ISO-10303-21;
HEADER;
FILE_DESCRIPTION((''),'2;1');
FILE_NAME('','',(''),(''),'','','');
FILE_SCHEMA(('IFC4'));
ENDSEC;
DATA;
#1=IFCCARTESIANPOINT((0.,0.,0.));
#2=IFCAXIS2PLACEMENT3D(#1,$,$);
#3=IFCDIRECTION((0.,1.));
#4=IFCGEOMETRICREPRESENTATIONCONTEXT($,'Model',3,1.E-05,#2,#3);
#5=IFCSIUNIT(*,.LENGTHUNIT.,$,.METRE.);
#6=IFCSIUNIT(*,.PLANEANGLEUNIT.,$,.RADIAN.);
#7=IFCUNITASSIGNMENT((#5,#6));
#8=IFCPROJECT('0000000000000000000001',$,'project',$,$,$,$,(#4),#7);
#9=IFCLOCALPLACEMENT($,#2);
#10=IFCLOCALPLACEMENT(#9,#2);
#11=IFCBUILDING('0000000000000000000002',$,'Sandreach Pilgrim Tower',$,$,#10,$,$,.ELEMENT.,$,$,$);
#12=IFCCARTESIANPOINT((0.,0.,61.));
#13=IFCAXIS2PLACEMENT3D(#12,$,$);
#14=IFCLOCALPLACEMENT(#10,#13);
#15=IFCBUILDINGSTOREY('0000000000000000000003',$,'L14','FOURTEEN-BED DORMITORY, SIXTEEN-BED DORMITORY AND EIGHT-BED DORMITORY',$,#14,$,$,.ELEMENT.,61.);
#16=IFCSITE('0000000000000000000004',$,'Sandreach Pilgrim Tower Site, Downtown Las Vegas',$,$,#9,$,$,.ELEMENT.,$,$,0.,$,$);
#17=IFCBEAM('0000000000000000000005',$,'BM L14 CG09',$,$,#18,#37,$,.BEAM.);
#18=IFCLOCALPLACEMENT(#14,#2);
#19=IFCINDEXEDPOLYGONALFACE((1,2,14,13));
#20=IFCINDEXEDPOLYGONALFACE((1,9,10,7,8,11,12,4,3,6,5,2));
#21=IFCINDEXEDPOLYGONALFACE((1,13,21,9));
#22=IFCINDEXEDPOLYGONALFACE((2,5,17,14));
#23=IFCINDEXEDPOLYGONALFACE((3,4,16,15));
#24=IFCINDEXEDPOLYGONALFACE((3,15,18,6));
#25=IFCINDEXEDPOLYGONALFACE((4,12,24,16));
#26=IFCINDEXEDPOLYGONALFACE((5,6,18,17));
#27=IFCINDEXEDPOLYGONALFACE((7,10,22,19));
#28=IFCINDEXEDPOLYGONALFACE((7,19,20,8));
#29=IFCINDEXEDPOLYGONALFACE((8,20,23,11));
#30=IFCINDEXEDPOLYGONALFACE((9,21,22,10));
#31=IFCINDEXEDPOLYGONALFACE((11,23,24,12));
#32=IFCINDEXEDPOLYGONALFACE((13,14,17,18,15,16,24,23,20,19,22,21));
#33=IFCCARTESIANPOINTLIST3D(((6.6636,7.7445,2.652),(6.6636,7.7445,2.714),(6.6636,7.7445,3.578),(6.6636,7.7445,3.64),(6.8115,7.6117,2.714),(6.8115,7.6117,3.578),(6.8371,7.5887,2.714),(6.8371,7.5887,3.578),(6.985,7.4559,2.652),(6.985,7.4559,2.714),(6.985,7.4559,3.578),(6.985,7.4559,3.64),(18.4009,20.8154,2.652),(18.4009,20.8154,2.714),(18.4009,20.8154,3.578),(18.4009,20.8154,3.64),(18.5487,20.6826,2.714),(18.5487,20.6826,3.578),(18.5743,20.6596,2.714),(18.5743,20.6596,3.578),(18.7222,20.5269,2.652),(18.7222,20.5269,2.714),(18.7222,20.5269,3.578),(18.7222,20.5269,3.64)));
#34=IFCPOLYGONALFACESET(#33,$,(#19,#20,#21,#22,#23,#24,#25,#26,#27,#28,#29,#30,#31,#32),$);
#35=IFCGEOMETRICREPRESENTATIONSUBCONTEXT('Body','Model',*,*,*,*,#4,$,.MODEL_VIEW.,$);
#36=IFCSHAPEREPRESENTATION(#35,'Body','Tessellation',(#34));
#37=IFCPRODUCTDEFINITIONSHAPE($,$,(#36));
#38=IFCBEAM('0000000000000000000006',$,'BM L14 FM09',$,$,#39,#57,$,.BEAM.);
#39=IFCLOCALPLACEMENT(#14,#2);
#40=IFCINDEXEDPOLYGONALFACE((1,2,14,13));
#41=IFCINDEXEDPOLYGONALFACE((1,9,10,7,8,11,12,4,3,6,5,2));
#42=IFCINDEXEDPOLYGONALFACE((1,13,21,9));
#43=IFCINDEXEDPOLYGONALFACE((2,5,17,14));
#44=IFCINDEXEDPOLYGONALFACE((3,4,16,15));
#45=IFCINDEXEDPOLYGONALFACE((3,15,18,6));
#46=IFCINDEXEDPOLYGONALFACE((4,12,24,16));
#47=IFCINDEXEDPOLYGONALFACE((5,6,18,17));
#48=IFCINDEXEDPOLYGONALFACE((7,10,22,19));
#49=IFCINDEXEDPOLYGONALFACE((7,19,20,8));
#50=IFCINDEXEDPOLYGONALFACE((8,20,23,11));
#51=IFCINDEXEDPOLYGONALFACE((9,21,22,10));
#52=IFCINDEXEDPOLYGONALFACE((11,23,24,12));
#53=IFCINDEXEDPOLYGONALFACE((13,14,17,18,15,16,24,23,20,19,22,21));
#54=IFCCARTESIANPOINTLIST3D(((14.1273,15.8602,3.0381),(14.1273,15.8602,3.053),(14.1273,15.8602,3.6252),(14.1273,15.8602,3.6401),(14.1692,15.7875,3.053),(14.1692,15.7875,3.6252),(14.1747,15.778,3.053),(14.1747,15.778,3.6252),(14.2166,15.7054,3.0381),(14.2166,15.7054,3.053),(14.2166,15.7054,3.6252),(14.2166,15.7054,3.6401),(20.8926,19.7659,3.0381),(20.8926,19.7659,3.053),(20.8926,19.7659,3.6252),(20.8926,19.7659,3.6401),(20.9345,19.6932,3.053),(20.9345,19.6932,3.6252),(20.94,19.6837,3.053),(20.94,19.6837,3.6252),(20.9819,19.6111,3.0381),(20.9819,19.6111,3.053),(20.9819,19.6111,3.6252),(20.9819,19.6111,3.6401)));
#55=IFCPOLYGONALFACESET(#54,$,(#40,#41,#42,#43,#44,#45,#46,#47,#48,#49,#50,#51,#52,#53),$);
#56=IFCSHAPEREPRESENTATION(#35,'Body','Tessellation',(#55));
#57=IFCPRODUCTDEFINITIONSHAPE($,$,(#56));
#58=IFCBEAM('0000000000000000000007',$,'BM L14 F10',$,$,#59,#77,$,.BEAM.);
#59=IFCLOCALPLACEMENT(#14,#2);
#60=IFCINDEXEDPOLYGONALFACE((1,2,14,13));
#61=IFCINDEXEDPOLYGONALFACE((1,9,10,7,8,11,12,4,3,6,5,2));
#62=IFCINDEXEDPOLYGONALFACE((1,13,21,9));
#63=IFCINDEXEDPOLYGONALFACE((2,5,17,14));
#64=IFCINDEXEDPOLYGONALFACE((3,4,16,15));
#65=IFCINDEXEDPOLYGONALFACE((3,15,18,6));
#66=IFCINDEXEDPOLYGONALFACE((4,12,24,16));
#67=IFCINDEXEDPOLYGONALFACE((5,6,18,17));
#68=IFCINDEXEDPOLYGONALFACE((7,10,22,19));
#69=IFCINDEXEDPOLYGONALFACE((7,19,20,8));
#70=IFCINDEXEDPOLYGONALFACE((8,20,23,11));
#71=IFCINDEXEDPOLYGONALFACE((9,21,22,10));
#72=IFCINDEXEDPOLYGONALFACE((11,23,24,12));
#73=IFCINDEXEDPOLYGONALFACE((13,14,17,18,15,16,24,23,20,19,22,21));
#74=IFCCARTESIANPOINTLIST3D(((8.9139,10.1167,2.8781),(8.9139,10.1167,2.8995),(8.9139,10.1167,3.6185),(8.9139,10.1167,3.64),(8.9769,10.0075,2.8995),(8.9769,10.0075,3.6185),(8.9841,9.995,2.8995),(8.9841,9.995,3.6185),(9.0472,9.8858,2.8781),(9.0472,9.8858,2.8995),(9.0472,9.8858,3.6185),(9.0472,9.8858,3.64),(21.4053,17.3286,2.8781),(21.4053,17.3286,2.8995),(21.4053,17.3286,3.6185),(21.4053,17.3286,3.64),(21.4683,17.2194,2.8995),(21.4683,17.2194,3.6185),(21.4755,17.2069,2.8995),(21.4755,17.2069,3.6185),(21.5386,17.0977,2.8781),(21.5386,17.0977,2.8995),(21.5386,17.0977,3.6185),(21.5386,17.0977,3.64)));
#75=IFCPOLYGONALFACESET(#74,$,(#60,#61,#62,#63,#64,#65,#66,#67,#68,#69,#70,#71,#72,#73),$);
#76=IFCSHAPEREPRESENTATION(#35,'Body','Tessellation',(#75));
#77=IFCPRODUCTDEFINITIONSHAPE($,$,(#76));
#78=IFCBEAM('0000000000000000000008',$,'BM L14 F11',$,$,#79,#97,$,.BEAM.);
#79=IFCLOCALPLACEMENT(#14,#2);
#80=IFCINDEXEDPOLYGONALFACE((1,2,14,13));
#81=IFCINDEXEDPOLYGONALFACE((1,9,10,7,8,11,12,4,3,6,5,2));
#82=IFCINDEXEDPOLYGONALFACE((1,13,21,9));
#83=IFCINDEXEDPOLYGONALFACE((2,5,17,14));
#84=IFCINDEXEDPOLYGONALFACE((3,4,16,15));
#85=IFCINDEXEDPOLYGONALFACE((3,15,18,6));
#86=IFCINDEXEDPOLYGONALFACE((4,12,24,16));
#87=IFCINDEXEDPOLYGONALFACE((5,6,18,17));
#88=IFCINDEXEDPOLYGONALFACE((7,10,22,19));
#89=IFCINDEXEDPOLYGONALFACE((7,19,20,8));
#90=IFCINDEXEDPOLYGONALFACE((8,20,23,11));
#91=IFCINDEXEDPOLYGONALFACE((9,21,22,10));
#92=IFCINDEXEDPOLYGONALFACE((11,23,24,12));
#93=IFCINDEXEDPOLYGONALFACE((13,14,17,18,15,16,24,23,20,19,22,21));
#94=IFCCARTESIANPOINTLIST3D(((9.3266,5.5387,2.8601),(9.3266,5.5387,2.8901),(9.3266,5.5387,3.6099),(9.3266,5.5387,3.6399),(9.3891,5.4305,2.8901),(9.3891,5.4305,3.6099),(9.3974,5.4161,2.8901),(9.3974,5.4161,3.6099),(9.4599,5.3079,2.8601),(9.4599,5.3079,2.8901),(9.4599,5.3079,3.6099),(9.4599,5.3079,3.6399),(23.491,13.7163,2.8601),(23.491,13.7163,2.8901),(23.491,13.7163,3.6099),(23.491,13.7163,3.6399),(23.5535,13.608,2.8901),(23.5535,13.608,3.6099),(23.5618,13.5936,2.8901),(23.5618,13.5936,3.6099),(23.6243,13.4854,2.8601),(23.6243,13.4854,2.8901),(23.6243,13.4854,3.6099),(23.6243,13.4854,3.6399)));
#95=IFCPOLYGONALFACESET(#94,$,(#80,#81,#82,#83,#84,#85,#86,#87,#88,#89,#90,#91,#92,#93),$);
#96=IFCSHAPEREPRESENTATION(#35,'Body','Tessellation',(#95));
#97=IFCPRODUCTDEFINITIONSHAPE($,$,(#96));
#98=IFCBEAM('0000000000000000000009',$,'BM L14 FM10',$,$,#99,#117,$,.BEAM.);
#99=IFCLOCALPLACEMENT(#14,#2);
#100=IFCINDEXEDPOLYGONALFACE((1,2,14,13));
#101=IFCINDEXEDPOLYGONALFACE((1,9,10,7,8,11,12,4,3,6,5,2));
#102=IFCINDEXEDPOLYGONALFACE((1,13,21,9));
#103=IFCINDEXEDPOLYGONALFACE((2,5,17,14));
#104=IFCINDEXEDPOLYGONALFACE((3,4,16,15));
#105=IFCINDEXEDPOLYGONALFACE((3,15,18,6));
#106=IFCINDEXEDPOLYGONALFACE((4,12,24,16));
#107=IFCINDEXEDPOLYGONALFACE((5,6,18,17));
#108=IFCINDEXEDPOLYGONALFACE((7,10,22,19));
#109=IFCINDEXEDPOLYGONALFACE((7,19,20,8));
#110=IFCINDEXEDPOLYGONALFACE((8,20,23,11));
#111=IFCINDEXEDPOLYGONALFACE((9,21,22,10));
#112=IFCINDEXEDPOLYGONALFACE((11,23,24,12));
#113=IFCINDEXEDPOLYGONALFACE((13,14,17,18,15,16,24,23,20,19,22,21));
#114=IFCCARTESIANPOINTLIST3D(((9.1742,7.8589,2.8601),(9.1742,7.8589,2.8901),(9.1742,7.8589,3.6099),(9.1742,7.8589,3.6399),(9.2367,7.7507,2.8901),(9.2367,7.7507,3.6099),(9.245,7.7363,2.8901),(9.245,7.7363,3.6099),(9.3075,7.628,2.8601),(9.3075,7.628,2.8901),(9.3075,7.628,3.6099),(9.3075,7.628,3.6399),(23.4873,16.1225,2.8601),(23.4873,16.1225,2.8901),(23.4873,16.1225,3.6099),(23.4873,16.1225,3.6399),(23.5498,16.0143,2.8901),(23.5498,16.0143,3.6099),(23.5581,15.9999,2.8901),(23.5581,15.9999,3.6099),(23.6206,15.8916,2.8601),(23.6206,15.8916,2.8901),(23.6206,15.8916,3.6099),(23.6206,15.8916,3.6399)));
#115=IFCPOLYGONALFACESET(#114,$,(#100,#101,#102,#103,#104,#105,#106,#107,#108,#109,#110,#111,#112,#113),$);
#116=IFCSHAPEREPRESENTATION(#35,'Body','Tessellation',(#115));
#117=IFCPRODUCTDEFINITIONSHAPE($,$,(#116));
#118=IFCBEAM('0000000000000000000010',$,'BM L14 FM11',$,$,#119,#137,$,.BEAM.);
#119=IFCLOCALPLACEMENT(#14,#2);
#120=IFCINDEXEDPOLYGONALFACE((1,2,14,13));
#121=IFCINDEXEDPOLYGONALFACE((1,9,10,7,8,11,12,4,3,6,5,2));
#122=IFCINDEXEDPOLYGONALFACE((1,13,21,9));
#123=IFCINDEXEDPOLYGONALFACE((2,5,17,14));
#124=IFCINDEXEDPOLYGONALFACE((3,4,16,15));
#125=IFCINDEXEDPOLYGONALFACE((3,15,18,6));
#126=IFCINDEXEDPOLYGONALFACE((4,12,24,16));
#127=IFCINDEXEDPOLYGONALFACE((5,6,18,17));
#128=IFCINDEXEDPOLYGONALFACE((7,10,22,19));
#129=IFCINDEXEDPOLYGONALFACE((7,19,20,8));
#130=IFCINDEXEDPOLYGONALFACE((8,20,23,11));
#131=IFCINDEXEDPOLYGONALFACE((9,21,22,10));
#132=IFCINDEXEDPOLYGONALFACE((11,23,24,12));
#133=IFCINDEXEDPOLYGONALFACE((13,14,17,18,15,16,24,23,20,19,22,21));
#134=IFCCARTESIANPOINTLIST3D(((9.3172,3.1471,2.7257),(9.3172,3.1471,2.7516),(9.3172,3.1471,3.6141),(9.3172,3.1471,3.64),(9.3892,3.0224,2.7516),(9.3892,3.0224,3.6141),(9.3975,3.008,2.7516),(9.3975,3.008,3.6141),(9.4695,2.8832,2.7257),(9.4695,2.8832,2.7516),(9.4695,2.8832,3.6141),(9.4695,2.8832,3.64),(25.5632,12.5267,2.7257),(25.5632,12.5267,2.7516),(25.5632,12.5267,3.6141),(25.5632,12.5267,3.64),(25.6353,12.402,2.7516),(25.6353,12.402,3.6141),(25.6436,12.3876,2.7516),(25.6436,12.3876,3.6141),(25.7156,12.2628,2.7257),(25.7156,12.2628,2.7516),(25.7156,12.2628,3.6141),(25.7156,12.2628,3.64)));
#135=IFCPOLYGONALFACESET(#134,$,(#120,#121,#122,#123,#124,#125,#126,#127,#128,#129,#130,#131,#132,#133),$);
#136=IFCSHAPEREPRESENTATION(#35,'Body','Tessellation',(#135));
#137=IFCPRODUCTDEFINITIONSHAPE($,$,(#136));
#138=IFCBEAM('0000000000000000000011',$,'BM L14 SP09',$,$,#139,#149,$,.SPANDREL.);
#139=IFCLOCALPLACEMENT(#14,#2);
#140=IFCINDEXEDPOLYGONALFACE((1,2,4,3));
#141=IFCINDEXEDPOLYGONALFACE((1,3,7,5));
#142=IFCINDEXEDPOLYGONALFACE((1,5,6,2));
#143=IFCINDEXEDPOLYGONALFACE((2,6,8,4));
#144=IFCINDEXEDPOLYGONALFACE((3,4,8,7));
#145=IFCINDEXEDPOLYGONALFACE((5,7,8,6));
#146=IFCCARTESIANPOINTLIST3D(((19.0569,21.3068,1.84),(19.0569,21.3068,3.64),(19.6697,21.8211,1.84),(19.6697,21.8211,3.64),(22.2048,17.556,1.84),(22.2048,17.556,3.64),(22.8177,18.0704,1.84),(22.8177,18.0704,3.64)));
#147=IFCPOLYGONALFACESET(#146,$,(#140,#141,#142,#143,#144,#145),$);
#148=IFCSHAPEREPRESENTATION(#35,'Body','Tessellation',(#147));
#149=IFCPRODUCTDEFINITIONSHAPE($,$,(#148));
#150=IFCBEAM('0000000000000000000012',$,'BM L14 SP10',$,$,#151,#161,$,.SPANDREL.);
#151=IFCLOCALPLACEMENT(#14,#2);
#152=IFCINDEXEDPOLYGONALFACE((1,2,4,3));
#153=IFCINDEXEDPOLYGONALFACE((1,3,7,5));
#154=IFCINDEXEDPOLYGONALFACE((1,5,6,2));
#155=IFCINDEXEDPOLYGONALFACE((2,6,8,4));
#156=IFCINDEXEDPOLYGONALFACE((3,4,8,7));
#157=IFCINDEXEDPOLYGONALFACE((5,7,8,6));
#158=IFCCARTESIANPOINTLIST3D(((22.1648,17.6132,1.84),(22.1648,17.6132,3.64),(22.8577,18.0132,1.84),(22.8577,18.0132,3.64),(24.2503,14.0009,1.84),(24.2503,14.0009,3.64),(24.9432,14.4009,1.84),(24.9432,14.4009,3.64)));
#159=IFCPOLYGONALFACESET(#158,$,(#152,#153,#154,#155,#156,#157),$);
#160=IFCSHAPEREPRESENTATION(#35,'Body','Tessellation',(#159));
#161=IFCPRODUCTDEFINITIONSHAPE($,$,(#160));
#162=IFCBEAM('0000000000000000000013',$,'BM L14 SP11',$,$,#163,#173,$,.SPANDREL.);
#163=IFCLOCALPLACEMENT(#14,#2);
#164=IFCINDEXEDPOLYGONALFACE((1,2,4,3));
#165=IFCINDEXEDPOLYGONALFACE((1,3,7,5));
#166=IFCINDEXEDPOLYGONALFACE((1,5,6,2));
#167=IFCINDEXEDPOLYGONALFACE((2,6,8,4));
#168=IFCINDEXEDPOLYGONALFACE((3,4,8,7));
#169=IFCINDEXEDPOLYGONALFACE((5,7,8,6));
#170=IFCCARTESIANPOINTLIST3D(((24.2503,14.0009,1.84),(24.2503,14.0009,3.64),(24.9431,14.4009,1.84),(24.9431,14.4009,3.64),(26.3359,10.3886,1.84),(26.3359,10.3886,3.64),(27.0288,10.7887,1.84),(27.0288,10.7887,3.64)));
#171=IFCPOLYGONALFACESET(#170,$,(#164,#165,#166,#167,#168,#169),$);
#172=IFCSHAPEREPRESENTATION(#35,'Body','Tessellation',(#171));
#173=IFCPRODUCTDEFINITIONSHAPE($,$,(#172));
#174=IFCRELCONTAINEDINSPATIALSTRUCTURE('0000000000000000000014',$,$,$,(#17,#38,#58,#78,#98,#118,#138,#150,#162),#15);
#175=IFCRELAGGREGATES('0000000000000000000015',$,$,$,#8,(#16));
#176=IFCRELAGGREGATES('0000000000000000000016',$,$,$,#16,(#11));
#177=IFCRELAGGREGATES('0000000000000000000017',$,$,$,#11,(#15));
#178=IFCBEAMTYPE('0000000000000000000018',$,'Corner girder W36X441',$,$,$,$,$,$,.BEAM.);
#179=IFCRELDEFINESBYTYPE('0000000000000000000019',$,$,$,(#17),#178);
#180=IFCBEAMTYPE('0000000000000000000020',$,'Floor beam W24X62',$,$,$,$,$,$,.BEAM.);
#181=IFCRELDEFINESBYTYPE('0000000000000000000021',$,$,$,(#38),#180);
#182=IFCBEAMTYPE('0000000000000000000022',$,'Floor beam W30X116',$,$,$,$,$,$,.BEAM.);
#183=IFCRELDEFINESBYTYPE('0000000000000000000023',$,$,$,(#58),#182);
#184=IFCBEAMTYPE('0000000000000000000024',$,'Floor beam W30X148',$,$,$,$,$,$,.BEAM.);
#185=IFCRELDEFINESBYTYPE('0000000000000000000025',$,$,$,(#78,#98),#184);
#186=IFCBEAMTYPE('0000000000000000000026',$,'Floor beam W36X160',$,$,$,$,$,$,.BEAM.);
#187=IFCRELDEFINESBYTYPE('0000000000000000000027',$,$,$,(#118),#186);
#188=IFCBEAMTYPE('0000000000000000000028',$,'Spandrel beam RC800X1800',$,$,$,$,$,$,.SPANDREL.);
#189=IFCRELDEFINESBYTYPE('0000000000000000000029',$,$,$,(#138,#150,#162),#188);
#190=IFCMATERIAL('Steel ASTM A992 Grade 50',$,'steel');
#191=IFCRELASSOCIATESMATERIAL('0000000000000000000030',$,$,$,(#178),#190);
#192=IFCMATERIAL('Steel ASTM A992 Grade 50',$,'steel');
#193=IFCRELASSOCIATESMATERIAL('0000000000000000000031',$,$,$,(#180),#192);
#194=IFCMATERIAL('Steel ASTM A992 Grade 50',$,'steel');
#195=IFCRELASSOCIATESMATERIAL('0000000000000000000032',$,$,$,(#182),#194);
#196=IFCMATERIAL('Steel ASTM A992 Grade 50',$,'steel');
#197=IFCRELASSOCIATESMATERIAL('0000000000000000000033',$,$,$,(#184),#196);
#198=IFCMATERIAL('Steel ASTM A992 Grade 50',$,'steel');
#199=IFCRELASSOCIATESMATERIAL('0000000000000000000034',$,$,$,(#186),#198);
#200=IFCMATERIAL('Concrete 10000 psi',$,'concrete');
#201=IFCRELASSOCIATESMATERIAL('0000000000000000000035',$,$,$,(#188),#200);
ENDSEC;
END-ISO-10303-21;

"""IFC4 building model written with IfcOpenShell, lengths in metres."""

from ifc_helpers import new_model, si_unit, direction, frame, origin, origin_2d, place, context, subcontext, project, spatial, rectangle, i_section, extrude, material, material_profile, profile_set, type_object, element, save


model = new_model("IFC4")

# Units and contexts
model_context = context("Model", 3, precision=1e-05, world=origin(), true_north=direction((0.0, 1.0)))
body_context = subcontext(model_context, "Body", "Model", "MODEL_VIEW")
ifc_project = project(units=[si_unit("LENGTHUNIT", "METRE"), si_unit("PLANEANGLEUNIT", "RADIAN")], contexts=[model_context])

# Site, building, storey
site_placement = place(None, origin())
site = spatial("IfcSite", under=ifc_project, at=site_placement, Name="Sandreach Pilgrim Tower Site, Downtown Las Vegas", CompositionType="ELEMENT", RefElevation=0.0)
building_placement = place(site_placement, origin())
building = spatial("IfcBuilding", under=site, at=building_placement, Name="Sandreach Pilgrim Tower", CompositionType="ELEMENT")
storey_placement = place(building_placement, frame((0.0, 0.0, 61.0)))
storey = spatial("IfcBuildingStorey", under=building, at=storey_placement, Name="L14", Description="FOURTEEN-BED DORMITORY, SIXTEEN-BED DORMITORY AND EIGHT-BED DORMITORY", CompositionType="ELEMENT", Elevation=61.0)

# Beams
ifc_material_1 = material(Name="Steel ASTM A992 Grade 50", Category="steel")
ifc_material_profile_1 = material_profile(ifc_material_1, i_section(OverallWidth=0.4319, OverallDepth=0.988, WebThickness=0.0344, FlangeThickness=0.062, at=origin_2d()), Name="W36X441")
ifc_profile_set_1 = profile_set([ifc_material_profile_1], Name="Steel ASTM A992 Grade 50")
beam_type_1 = type_object("IfcBeamType", Name="Corner girder W36X441", PredefinedType="BEAM", material=ifc_profile_set_1)
beam_1_placement = place(storey_placement, frame((18.5615, 20.6711, 3.146), z_axis=(-0.668127, -0.744048, 0.0), x_axis=(0.744048, -0.668127, 0.0)))
element("IfcBeam", 1, at=beam_1_placement, inside=storey, type_object=beam_type_1, Name="BM L14 CG09", PredefinedType="BEAM", context=body_context, shape_type="SweptSolid", body=[
    extrude(i_section(OverallWidth=0.4319, OverallDepth=0.988, WebThickness=0.0344, FlangeThickness=0.062, at=origin_2d()), origin(), (0.0, 0.0, 1.0), 17.5674),
])
ifc_material_2 = material(Name="Steel ASTM A992 Grade 50", Category="steel")
ifc_material_profile_2 = material_profile(ifc_material_2, i_section(OverallWidth=0.1787, OverallDepth=0.6021, WebThickness=0.011, FlangeThickness=0.0149, at=origin_2d()), Name="W24X62")
ifc_profile_set_2 = profile_set([ifc_material_profile_2], Name="Steel ASTM A992 Grade 50")
beam_type_2 = type_object("IfcBeamType", Name="Floor beam W24X62", PredefinedType="BEAM", material=ifc_profile_set_2)
beam_2_placement = place(storey_placement, frame((20.9373, 19.6885, 3.3391), z_axis=(-0.866038, -0.499978, 0.0), x_axis=(0.499978, -0.866038, 0.0)))
element("IfcBeam", 2, at=beam_2_placement, inside=storey, type_object=beam_type_2, Name="BM L14 FM09", PredefinedType="BEAM", context=body_context, shape_type="SweptSolid", body=[
    extrude(i_section(OverallWidth=0.1787, OverallDepth=0.6021, WebThickness=0.011, FlangeThickness=0.0149, at=origin_2d()), origin(), (0.0, 0.0, 1.0), 7.8118),
])
ifc_material_3 = material(Name="Steel ASTM A992 Grade 50", Category="steel")
ifc_material_profile_3 = material_profile(ifc_material_3, i_section(OverallWidth=0.2666, OverallDepth=0.762, WebThickness=0.0144, FlangeThickness=0.0215, at=origin_2d()), Name="W30X116")
ifc_profile_set_3 = profile_set([ifc_material_profile_3], Name="Steel ASTM A992 Grade 50")
beam_type_3 = type_object("IfcBeamType", Name="Floor beam W30X116", PredefinedType="BEAM", material=ifc_profile_set_3)
beam_3_placement = place(storey_placement, frame((21.4719, 17.2131, 3.259), z_axis=(-0.866026, -0.499998, 0.0), x_axis=(0.499998, -0.866026, 0.0)))
element("IfcBeam", 3, at=beam_3_placement, inside=storey, type_object=beam_type_3, Name="BM L14 F10", PredefinedType="BEAM", context=body_context, shape_type="SweptSolid", body=[
    extrude(i_section(OverallWidth=0.2666, OverallDepth=0.762, WebThickness=0.0144, FlangeThickness=0.0215, at=origin_2d()), origin(), (0.0, 0.0, 1.0), 14.4238),
])
ifc_material_4 = material(Name="Steel ASTM A992 Grade 50", Category="steel")
ifc_material_profile_4 = material_profile(ifc_material_4, i_section(OverallWidth=0.2666, OverallDepth=0.7798, WebThickness=0.0166, FlangeThickness=0.03, at=origin_2d()), Name="W30X148")
ifc_profile_set_4 = profile_set([ifc_material_profile_4], Name="Steel ASTM A992 Grade 50")
beam_type_4 = type_object("IfcBeamType", Name="Floor beam W30X148", PredefinedType="BEAM", material=ifc_profile_set_4)
beam_4_placement = place(storey_placement, frame((23.5576, 13.6008, 3.25), z_axis=(-0.866033, -0.499987, 0.0), x_axis=(0.499987, -0.866033, 0.0)))
element("IfcBeam", 4, at=beam_4_placement, inside=storey, type_object=beam_type_4, Name="BM L14 F11", PredefinedType="BEAM", context=body_context, shape_type="SweptSolid", body=[
    extrude(i_section(OverallWidth=0.2666, OverallDepth=0.7798, WebThickness=0.0166, FlangeThickness=0.03, at=origin_2d()), origin(), (0.0, 0.0, 1.0), 16.3555),
])
beam_5_placement = place(storey_placement, frame((23.554, 16.0071, 3.25), z_axis=(-0.866027, -0.499997, 0.0), x_axis=(0.499997, -0.866027, 0.0)))
element("IfcBeam", 5, at=beam_5_placement, inside=storey, type_object=beam_type_4, Name="BM L14 FM10", PredefinedType="BEAM", context=body_context, shape_type="SweptSolid", body=[
    extrude(i_section(OverallWidth=0.2666, OverallDepth=0.7798, WebThickness=0.0166, FlangeThickness=0.03, at=origin_2d()), origin(), (0.0, 0.0, 1.0), 16.5273),
])
ifc_material_5 = material(Name="Steel ASTM A992 Grade 50", Category="steel")
ifc_material_profile_5 = material_profile(ifc_material_5, i_section(OverallWidth=0.3047, OverallDepth=0.9143, WebThickness=0.0166, FlangeThickness=0.0259, at=origin_2d()), Name="W36X160")
ifc_profile_set_5 = profile_set([ifc_material_profile_5], Name="Steel ASTM A992 Grade 50")
beam_type_5 = type_object("IfcBeamType", Name="Floor beam W36X160", PredefinedType="BEAM", material=ifc_profile_set_5)
beam_6_placement = place(storey_placement, frame((25.6394, 12.3948, 3.1829), z_axis=(-0.866027, -0.499998, 0.0), x_axis=(0.499998, -0.866027, 0.0)))
element("IfcBeam", 6, at=beam_6_placement, inside=storey, type_object=beam_type_5, Name="BM L14 FM11", PredefinedType="BEAM", context=body_context, shape_type="SweptSolid", body=[
    extrude(i_section(OverallWidth=0.3047, OverallDepth=0.9143, WebThickness=0.0166, FlangeThickness=0.0259, at=origin_2d()), origin(), (0.0, 0.0, 1.0), 18.7593),
])
ifc_material_6 = material(Name="Concrete 10000 psi", Category="concrete")
ifc_material_profile_6 = material_profile(ifc_material_6, rectangle(XDim=0.8, YDim=1.8, at=origin_2d()), Name="RC800X1800")
ifc_profile_set_6 = profile_set([ifc_material_profile_6], Name="Concrete 10000 psi")
beam_type_6 = type_object("IfcBeamType", Name="Spandrel beam RC800X1800", PredefinedType="SPANDREL", material=ifc_profile_set_6)
beam_7_placement = place(storey_placement, frame((19.3633, 21.564, 2.74), z_axis=(0.642873, -0.765973, 0.0), x_axis=(0.765973, 0.642873, 0.0)))
element("IfcBeam", 7, at=beam_7_placement, inside=storey, type_object=beam_type_6, Name="BM L14 SP09", PredefinedType="SPANDREL", context=body_context, shape_type="SweptSolid", body=[
    extrude(rectangle(XDim=0.8, YDim=1.8, at=origin_2d()), origin(), (0.0, 0.0, 1.0), 4.8967),
])
for number, where, z_axis, x_axis, name in (
    (8, (22.5112, 17.8132, 2.74), (0.499979, -0.866037, 0.0), (0.866037, 0.499979, 0.0), "BM L14 SP10"),
    (9, (24.5967, 14.2009, 2.74), (0.500023, -0.866012, 0.0), (0.866012, 0.500023, 0.0), "BM L14 SP11"),
):
    element("IfcBeam", number, at=place(storey_placement, frame(where, z_axis=z_axis, x_axis=x_axis)), inside=storey, type_object=beam_type_6, Name=name, PredefinedType="SPANDREL", context=body_context, shape_type="SweptSolid", body=[
        extrude(rectangle(XDim=0.8, YDim=1.8, at=origin_2d()), origin(), (0.0, 0.0, 1.0), 4.1711),
    ])

save(model, "model.ifc")
